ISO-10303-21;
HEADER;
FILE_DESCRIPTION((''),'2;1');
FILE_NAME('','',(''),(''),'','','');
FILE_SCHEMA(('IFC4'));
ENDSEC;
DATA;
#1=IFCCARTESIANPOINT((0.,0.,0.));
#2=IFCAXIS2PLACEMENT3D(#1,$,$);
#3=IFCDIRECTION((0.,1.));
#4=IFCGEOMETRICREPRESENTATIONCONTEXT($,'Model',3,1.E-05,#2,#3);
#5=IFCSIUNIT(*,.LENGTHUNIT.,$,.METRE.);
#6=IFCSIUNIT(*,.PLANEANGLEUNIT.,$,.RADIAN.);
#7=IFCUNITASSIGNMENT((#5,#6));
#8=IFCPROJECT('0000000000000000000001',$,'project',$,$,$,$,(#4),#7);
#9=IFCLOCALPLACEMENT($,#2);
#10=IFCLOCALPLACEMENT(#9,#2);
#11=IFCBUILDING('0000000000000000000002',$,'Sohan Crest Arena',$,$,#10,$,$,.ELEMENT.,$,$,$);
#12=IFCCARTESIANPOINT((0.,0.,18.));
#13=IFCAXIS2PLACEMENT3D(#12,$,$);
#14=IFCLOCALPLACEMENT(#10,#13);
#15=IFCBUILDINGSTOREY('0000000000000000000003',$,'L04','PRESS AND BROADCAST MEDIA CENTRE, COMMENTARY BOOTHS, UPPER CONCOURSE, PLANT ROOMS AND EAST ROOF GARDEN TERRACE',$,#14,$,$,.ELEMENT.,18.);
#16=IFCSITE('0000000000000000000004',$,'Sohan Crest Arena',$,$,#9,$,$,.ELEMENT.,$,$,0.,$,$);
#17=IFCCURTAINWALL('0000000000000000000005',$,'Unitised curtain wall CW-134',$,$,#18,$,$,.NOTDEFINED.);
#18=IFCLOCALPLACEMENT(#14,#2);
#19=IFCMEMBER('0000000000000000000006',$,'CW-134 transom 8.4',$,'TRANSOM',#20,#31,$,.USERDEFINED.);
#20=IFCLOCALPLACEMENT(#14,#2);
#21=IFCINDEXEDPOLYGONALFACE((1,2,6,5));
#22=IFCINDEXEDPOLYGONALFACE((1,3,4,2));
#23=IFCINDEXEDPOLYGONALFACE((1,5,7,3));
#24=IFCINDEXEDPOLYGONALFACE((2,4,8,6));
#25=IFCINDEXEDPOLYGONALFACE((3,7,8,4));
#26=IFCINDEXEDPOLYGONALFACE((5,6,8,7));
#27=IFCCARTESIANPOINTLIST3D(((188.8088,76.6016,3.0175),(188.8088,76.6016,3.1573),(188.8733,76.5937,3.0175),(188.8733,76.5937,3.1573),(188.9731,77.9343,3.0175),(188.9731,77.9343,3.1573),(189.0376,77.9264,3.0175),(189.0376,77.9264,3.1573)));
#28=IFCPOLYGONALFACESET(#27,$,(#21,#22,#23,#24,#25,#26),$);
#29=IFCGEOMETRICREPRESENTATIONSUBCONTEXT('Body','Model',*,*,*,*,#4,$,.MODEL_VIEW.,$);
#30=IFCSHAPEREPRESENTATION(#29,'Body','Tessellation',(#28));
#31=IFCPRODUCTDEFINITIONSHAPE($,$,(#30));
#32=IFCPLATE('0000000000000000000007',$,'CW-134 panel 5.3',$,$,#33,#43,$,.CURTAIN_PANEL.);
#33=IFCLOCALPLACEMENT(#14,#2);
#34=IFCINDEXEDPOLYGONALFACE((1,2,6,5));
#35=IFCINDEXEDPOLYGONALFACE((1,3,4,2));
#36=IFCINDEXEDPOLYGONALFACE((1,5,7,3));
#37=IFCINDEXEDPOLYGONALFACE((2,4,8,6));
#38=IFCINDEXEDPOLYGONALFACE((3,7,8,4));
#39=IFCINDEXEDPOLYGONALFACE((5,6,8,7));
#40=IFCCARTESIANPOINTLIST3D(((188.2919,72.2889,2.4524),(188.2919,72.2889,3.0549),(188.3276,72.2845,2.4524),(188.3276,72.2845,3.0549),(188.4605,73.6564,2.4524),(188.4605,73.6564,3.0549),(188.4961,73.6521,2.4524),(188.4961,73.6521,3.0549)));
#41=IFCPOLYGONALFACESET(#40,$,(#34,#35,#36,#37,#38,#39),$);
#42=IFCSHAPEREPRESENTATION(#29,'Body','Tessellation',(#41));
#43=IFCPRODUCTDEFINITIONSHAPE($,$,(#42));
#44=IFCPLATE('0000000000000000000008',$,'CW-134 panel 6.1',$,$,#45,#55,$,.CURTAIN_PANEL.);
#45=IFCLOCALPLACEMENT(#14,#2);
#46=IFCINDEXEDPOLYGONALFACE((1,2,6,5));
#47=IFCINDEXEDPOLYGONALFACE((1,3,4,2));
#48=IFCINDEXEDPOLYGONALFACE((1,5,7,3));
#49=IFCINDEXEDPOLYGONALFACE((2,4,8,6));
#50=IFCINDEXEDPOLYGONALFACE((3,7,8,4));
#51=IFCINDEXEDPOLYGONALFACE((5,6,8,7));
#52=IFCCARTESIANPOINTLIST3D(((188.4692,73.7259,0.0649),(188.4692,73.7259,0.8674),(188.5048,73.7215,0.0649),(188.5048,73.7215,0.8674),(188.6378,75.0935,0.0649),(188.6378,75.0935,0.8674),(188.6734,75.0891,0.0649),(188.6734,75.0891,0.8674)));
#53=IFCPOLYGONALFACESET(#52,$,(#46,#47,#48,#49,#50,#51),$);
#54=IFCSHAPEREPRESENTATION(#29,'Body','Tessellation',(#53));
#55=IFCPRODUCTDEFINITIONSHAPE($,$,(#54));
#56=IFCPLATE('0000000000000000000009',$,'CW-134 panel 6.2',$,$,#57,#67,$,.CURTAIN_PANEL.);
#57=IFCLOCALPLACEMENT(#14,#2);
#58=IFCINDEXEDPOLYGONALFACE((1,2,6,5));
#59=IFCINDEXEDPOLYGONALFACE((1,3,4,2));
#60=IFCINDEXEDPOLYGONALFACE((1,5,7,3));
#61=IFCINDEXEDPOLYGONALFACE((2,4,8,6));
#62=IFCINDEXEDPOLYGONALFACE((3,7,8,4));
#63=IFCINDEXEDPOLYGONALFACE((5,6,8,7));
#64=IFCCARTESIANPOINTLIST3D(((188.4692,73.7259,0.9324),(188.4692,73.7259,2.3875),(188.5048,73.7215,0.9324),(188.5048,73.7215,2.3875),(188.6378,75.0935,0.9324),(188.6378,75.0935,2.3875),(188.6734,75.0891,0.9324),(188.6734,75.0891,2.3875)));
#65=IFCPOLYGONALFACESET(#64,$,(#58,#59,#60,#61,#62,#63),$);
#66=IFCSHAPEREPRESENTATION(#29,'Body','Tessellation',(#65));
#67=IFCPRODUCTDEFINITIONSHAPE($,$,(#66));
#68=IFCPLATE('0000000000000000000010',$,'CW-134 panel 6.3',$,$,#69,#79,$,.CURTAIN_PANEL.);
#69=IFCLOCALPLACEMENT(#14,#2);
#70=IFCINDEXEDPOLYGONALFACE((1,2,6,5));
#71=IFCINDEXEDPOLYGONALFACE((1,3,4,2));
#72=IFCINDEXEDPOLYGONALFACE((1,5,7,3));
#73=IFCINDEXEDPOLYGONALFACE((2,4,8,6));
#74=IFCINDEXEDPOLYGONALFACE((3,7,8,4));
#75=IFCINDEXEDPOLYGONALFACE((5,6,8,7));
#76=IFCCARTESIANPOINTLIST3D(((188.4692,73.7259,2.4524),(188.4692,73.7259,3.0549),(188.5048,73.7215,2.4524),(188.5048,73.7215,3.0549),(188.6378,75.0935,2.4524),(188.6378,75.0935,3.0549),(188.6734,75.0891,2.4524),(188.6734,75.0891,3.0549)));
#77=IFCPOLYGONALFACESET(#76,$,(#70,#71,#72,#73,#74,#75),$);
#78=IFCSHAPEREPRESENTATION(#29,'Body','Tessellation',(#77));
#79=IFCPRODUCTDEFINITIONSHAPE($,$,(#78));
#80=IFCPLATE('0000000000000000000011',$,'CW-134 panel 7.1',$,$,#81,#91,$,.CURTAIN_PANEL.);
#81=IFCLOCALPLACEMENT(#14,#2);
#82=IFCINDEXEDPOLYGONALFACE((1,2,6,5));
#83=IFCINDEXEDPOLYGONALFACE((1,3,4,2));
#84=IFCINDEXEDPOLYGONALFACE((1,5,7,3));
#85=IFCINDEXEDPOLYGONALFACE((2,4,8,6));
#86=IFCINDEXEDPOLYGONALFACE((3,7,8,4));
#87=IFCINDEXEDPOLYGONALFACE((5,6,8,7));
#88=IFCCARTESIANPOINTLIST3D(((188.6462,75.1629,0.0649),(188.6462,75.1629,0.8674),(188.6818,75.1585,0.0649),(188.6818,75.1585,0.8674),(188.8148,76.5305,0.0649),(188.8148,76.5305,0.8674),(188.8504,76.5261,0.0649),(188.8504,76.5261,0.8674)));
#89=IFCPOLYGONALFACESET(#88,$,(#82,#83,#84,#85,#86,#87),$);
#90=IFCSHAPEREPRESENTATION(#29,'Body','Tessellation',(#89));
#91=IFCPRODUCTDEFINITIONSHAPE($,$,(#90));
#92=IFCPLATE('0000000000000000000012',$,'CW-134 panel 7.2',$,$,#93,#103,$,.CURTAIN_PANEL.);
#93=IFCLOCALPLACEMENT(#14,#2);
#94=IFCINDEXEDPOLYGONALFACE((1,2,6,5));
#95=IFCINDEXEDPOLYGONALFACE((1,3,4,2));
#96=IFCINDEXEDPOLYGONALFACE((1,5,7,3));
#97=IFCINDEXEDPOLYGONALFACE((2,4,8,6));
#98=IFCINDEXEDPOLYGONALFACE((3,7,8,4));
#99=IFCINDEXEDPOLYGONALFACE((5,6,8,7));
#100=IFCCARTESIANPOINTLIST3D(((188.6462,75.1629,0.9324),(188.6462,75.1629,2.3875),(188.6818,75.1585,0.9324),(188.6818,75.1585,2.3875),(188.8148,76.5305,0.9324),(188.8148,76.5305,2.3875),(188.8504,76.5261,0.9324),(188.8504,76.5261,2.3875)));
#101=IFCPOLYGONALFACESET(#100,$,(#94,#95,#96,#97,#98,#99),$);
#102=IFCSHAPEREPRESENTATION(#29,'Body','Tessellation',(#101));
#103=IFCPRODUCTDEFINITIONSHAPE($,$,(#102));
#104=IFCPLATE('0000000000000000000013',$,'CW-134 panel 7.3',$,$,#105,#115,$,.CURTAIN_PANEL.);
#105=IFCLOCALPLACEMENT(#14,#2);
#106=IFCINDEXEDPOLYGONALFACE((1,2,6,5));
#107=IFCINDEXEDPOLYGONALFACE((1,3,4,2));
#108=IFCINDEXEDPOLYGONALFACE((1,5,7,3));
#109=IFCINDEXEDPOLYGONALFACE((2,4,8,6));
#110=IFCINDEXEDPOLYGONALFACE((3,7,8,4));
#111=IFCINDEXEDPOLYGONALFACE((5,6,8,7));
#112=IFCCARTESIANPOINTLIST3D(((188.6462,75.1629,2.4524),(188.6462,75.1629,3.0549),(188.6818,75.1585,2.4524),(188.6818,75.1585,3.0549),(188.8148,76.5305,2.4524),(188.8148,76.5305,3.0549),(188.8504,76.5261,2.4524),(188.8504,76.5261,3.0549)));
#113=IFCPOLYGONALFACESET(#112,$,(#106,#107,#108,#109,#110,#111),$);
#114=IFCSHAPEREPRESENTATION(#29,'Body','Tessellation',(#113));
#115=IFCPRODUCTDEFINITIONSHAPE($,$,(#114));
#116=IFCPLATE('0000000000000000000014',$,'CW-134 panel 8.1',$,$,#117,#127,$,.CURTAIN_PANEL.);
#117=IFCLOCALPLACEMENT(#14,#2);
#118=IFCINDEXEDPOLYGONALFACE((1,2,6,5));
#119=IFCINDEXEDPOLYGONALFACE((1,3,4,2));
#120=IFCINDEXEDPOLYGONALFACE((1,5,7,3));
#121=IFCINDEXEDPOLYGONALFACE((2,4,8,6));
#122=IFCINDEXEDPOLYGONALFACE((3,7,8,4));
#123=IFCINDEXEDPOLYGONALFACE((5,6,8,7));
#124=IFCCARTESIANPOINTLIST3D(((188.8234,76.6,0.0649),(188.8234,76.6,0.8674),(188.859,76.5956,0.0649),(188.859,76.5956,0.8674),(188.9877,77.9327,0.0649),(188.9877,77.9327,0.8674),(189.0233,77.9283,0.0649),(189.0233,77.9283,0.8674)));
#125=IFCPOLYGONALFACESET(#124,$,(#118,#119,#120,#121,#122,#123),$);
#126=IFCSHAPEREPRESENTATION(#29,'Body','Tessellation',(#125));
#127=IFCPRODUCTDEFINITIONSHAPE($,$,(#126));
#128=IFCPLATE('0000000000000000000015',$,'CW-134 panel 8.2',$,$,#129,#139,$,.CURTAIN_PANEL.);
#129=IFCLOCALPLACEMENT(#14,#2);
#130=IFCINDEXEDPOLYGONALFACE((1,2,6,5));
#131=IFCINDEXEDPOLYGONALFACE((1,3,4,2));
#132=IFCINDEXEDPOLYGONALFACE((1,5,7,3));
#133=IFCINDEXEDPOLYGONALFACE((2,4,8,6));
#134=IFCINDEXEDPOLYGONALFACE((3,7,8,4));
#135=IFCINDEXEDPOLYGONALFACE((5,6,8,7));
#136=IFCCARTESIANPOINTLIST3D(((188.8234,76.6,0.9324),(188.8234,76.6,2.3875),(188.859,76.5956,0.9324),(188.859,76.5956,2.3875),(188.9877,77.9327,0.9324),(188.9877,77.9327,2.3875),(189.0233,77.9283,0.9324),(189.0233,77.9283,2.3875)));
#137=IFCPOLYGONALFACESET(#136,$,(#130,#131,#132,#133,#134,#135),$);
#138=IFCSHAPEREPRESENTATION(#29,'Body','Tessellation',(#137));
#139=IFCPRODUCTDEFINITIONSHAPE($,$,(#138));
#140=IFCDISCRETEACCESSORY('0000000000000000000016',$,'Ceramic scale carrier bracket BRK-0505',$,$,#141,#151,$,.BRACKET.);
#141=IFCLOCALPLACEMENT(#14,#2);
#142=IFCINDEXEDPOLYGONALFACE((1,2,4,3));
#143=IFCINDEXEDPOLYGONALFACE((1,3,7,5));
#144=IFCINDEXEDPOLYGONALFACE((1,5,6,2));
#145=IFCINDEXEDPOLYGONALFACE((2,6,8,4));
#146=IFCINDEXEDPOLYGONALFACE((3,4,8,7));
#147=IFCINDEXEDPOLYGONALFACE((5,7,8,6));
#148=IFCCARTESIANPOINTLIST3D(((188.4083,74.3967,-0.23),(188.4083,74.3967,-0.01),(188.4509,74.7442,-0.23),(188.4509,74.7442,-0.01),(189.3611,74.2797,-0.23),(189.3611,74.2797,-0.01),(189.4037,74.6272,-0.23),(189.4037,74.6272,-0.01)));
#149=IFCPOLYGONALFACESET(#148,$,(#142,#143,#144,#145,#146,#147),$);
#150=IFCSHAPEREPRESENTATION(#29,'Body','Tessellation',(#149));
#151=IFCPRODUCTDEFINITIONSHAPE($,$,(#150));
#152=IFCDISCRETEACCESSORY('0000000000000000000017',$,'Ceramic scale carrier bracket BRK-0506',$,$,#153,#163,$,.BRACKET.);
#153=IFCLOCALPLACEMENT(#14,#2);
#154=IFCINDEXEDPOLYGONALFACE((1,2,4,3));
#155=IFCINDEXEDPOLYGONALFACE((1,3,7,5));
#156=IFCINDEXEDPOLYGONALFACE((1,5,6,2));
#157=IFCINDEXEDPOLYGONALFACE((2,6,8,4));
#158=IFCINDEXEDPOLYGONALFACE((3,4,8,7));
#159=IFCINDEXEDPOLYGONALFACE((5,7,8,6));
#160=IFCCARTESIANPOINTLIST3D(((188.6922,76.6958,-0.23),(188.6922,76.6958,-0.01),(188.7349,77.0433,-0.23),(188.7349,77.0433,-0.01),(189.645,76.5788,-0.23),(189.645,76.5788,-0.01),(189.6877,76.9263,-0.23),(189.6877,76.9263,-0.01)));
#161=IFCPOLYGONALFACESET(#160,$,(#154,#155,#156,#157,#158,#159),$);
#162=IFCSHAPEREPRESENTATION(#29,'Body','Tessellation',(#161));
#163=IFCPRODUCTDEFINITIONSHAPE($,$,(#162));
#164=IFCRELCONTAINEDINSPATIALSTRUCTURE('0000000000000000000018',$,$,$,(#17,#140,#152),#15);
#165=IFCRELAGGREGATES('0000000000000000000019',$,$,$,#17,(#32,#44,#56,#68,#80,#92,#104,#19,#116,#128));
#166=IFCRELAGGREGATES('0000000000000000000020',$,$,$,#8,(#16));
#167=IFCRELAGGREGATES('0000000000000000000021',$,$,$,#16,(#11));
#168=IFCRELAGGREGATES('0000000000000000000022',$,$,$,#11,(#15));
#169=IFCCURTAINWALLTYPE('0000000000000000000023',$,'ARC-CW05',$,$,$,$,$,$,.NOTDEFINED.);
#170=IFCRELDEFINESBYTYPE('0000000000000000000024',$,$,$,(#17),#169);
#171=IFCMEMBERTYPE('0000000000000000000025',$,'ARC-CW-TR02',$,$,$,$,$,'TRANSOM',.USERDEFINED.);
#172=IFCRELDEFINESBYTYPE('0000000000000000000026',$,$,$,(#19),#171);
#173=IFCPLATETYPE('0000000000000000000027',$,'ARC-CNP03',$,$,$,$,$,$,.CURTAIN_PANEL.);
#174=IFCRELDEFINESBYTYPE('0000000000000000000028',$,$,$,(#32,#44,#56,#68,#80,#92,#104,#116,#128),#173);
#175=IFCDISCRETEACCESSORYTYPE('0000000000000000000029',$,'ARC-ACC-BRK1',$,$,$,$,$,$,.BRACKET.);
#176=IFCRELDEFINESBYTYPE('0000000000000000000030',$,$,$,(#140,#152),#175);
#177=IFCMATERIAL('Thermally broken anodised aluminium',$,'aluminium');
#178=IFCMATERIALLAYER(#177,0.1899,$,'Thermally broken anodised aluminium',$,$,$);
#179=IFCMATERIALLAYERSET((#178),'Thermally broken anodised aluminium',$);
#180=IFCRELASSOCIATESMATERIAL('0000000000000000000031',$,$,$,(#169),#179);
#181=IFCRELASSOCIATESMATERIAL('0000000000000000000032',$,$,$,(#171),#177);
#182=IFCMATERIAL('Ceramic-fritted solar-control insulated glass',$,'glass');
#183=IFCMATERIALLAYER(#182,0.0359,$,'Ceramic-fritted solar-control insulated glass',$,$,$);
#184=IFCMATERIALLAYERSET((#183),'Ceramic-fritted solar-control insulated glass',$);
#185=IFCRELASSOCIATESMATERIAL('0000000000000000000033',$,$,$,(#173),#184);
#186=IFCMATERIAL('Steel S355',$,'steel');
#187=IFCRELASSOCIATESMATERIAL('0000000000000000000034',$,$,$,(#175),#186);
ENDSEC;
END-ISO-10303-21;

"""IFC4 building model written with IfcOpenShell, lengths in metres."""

from ifc_helpers import new_model, si_unit, direction, frame, origin, origin_2d, place, context, subcontext, project, spatial, rectangle, extrude, material, layer, layer_set, material_profile, profile_set, type_object, element, aggregate, save


model = new_model("IFC4")

# Units and contexts
model_context = context("Model", 3, precision=1e-05, world=origin(), true_north=direction((0.0, 1.0)))
body_context = subcontext(model_context, "Body", "Model", "MODEL_VIEW")
ifc_project = project(units=[si_unit("LENGTHUNIT", "METRE"), si_unit("PLANEANGLEUNIT", "RADIAN")], contexts=[model_context])

# Site, building, storey
site_placement = place(None, origin())
site = spatial("IfcSite", under=ifc_project, at=site_placement, Name="Sohan Crest Arena", CompositionType="ELEMENT", RefElevation=0.0)
building_placement = place(site_placement, origin())
building = spatial("IfcBuilding", under=site, at=building_placement, Name="Sohan Crest Arena", CompositionType="ELEMENT")
storey_placement = place(building_placement, frame((0.0, 0.0, 18.0)))
storey = spatial("IfcBuildingStorey", under=building, at=storey_placement, Name="L04", Description="PRESS AND BROADCAST MEDIA CENTRE, COMMENTARY BOOTHS, UPPER CONCOURSE, PLANT ROOMS AND EAST ROOF GARDEN TERRACE", CompositionType="ELEMENT", Elevation=18.0)

# Curtain wall, member, plates
ifc_material_1 = material(Name="Thermally broken anodised aluminium", Category="aluminium")
ifc_layer_1 = layer(ifc_material_1, 0.1899, Name="Thermally broken anodised aluminium")
ifc_layer_set_1 = layer_set([ifc_layer_1], Name="Thermally broken anodised aluminium")
curtain_wall_type = type_object("IfcCurtainWallType", Name="ARC-CW05", PredefinedType="NOTDEFINED", material=ifc_layer_set_1)
curtain_wall_placement = place(storey_placement, origin())
curtain_wall = element("IfcCurtainWall", 1, at=curtain_wall_placement, inside=storey, type_object=curtain_wall_type, Name="Unitised curtain wall CW-134", PredefinedType="NOTDEFINED")
ifc_material_profile_1 = material_profile(ifc_material_1, rectangle(XDim=0.0649, YDim=0.1399, at=origin_2d()), Name="ALU-TRAN 65x140")
ifc_profile_set_1 = profile_set([ifc_material_profile_1], Name="Thermally broken anodised aluminium")
member_type_1 = type_object("IfcMemberType", Name="ARC-CW-TR02", ElementType="TRANSOM", PredefinedType="USERDEFINED", material=ifc_profile_set_1)
member_1_placement = place(storey_placement, frame((188.8411, 76.5977, 3.0874), z_axis=(0.122356, 0.992486, 0.0), x_axis=(-0.992486, 0.122356, 0.0)))
member_1 = element("IfcMember", 2, at=member_1_placement, type_object=member_type_1, Name="CW-134 transom 8.4", ObjectType="TRANSOM", PredefinedType="USERDEFINED", context=body_context, shape_type="SweptSolid", body=[
    extrude(rectangle(XDim=0.0649, YDim=0.1399, at=origin_2d()), origin(), (0.0, 0.0, 1.0), 1.3428),
])
ifc_material_2 = material(Name="Ceramic-fritted solar-control insulated glass", Category="glass")
ifc_layer_2 = layer(ifc_material_2, 0.0359, Name="Ceramic-fritted solar-control insulated glass")
ifc_layer_set_2 = layer_set([ifc_layer_2], Name="Ceramic-fritted solar-control insulated glass")
plate_type = type_object("IfcPlateType", Name="ARC-CNP03", PredefinedType="CURTAIN_PANEL", material=ifc_layer_set_2)
plate_1_placement = place(storey_placement, frame((188.394, 72.9705, 2.4524), z_axis=(0.0, 0.0, 1.0), x_axis=(0.122334, 0.992489, 0.0)))
plate_1 = element("IfcPlate", 3, at=plate_1_placement, type_object=plate_type, Name="CW-134 panel 5.3", PredefinedType="CURTAIN_PANEL", context=body_context, shape_type="SweptSolid", body=[
    extrude(rectangle(XDim=1.3779, YDim=0.0359, at=origin_2d()), origin(), (0.0, 0.0, 1.0), 0.6025),
])
plate_2_placement = place(storey_placement, frame((188.5713, 74.4075, 0.0649), z_axis=(0.0, 0.0, 1.0), x_axis=(0.122334, 0.992489, 0.0)))
plate_2 = element("IfcPlate", 4, at=plate_2_placement, type_object=plate_type, Name="CW-134 panel 6.1", PredefinedType="CURTAIN_PANEL", context=body_context, shape_type="SweptSolid", body=[
    extrude(rectangle(XDim=1.3779, YDim=0.0359, at=origin_2d()), origin(), (0.0, 0.0, 1.0), 0.8025),
])
plate_3_placement = place(storey_placement, frame((188.5713, 74.4075, 0.9324), z_axis=(0.0, 0.0, 1.0), x_axis=(0.122334, 0.992489, 0.0)))
plate_3 = element("IfcPlate", 5, at=plate_3_placement, type_object=plate_type, Name="CW-134 panel 6.2", PredefinedType="CURTAIN_PANEL", context=body_context, shape_type="SweptSolid", body=[
    extrude(rectangle(XDim=1.3779, YDim=0.0359, at=origin_2d()), origin(), (0.0, 0.0, 1.0), 1.4551),
])
plate_4_placement = place(storey_placement, frame((188.5713, 74.4075, 2.4524), z_axis=(0.0, 0.0, 1.0), x_axis=(0.122334, 0.992489, 0.0)))
plate_4 = element("IfcPlate", 6, at=plate_4_placement, type_object=plate_type, Name="CW-134 panel 6.3", PredefinedType="CURTAIN_PANEL", context=body_context, shape_type="SweptSolid", body=[
    extrude(rectangle(XDim=1.3779, YDim=0.0359, at=origin_2d()), origin(), (0.0, 0.0, 1.0), 0.6025),
])
plate_5_placement = place(storey_placement, frame((188.7483, 75.8445, 0.0649), z_axis=(0.0, 0.0, 1.0), x_axis=(0.122334, 0.992489, 0.0)))
plate_5 = element("IfcPlate", 7, at=plate_5_placement, type_object=plate_type, Name="CW-134 panel 7.1", PredefinedType="CURTAIN_PANEL", context=body_context, shape_type="SweptSolid", body=[
    extrude(rectangle(XDim=1.3779, YDim=0.0359, at=origin_2d()), origin(), (0.0, 0.0, 1.0), 0.8025),
])
plate_6_placement = place(storey_placement, frame((188.7483, 75.8445, 0.9324), z_axis=(0.0, 0.0, 1.0), x_axis=(0.122334, 0.992489, 0.0)))
plate_6 = element("IfcPlate", 8, at=plate_6_placement, type_object=plate_type, Name="CW-134 panel 7.2", PredefinedType="CURTAIN_PANEL", context=body_context, shape_type="SweptSolid", body=[
    extrude(rectangle(XDim=1.3779, YDim=0.0359, at=origin_2d()), origin(), (0.0, 0.0, 1.0), 1.4551),
])
plate_7_placement = place(storey_placement, frame((188.7483, 75.8445, 2.4524), z_axis=(0.0, 0.0, 1.0), x_axis=(0.122334, 0.992489, 0.0)))
plate_7 = element("IfcPlate", 9, at=plate_7_placement, type_object=plate_type, Name="CW-134 panel 7.3", PredefinedType="CURTAIN_PANEL", context=body_context, shape_type="SweptSolid", body=[
    extrude(rectangle(XDim=1.3779, YDim=0.0359, at=origin_2d()), origin(), (0.0, 0.0, 1.0), 0.6025),
])
plate_8_placement = place(storey_placement, frame((188.9233, 77.2642, 0.0649), z_axis=(0.0, 0.0, 1.0), x_axis=(0.122334, 0.992489, 0.0)))
plate_8 = element("IfcPlate", 10, at=plate_8_placement, type_object=plate_type, Name="CW-134 panel 8.1", PredefinedType="CURTAIN_PANEL", context=body_context, shape_type="SweptSolid", body=[
    extrude(rectangle(XDim=1.3428, YDim=0.0359, at=origin_2d()), origin(), (0.0, 0.0, 1.0), 0.8025),
])
plate_9_placement = place(storey_placement, frame((188.9233, 77.2642, 0.9324), z_axis=(0.0, 0.0, 1.0), x_axis=(0.122334, 0.992489, 0.0)))
plate_9 = element("IfcPlate", 11, at=plate_9_placement, type_object=plate_type, Name="CW-134 panel 8.2", PredefinedType="CURTAIN_PANEL", context=body_context, shape_type="SweptSolid", body=[
    extrude(rectangle(XDim=1.3428, YDim=0.0359, at=origin_2d()), origin(), (0.0, 0.0, 1.0), 1.4551),
])
aggregate(curtain_wall, [plate_1, plate_2, plate_3, plate_4, plate_5, plate_6, plate_7, member_1, plate_8, plate_9])

# Discrete accessories
ifc_material_3 = material(Name="Steel S355", Category="steel")
discrete_accessory_type = type_object("IfcDiscreteAccessoryType", Name="ARC-ACC-BRK1", PredefinedType="BRACKET", material=ifc_material_3)
for number, where, z_axis, x_axis, name in (
    (12, (188.906, 74.512, -0.23), (0.0, 0.0, 1.0), (0.121869, 0.992546, 0.0), "Ceramic scale carrier bracket BRK-0505"),
    (13, (189.1899, 76.811, -0.23), (0.0, 0.0, 1.0), (0.121869, 0.992546, 0.0), "Ceramic scale carrier bracket BRK-0506"),
):
    element("IfcDiscreteAccessory", number, at=place(storey_placement, frame(where, z_axis=z_axis, x_axis=x_axis)), inside=storey, type_object=discrete_accessory_type, Name=name, PredefinedType="BRACKET", context=body_context, shape_type="SweptSolid", body=[
        extrude(rectangle(XDim=0.3501, YDim=0.96, at=origin_2d()), origin(), (0.0, 0.0, 1.0), 0.22),
    ])

save(model, "model.ifc")
